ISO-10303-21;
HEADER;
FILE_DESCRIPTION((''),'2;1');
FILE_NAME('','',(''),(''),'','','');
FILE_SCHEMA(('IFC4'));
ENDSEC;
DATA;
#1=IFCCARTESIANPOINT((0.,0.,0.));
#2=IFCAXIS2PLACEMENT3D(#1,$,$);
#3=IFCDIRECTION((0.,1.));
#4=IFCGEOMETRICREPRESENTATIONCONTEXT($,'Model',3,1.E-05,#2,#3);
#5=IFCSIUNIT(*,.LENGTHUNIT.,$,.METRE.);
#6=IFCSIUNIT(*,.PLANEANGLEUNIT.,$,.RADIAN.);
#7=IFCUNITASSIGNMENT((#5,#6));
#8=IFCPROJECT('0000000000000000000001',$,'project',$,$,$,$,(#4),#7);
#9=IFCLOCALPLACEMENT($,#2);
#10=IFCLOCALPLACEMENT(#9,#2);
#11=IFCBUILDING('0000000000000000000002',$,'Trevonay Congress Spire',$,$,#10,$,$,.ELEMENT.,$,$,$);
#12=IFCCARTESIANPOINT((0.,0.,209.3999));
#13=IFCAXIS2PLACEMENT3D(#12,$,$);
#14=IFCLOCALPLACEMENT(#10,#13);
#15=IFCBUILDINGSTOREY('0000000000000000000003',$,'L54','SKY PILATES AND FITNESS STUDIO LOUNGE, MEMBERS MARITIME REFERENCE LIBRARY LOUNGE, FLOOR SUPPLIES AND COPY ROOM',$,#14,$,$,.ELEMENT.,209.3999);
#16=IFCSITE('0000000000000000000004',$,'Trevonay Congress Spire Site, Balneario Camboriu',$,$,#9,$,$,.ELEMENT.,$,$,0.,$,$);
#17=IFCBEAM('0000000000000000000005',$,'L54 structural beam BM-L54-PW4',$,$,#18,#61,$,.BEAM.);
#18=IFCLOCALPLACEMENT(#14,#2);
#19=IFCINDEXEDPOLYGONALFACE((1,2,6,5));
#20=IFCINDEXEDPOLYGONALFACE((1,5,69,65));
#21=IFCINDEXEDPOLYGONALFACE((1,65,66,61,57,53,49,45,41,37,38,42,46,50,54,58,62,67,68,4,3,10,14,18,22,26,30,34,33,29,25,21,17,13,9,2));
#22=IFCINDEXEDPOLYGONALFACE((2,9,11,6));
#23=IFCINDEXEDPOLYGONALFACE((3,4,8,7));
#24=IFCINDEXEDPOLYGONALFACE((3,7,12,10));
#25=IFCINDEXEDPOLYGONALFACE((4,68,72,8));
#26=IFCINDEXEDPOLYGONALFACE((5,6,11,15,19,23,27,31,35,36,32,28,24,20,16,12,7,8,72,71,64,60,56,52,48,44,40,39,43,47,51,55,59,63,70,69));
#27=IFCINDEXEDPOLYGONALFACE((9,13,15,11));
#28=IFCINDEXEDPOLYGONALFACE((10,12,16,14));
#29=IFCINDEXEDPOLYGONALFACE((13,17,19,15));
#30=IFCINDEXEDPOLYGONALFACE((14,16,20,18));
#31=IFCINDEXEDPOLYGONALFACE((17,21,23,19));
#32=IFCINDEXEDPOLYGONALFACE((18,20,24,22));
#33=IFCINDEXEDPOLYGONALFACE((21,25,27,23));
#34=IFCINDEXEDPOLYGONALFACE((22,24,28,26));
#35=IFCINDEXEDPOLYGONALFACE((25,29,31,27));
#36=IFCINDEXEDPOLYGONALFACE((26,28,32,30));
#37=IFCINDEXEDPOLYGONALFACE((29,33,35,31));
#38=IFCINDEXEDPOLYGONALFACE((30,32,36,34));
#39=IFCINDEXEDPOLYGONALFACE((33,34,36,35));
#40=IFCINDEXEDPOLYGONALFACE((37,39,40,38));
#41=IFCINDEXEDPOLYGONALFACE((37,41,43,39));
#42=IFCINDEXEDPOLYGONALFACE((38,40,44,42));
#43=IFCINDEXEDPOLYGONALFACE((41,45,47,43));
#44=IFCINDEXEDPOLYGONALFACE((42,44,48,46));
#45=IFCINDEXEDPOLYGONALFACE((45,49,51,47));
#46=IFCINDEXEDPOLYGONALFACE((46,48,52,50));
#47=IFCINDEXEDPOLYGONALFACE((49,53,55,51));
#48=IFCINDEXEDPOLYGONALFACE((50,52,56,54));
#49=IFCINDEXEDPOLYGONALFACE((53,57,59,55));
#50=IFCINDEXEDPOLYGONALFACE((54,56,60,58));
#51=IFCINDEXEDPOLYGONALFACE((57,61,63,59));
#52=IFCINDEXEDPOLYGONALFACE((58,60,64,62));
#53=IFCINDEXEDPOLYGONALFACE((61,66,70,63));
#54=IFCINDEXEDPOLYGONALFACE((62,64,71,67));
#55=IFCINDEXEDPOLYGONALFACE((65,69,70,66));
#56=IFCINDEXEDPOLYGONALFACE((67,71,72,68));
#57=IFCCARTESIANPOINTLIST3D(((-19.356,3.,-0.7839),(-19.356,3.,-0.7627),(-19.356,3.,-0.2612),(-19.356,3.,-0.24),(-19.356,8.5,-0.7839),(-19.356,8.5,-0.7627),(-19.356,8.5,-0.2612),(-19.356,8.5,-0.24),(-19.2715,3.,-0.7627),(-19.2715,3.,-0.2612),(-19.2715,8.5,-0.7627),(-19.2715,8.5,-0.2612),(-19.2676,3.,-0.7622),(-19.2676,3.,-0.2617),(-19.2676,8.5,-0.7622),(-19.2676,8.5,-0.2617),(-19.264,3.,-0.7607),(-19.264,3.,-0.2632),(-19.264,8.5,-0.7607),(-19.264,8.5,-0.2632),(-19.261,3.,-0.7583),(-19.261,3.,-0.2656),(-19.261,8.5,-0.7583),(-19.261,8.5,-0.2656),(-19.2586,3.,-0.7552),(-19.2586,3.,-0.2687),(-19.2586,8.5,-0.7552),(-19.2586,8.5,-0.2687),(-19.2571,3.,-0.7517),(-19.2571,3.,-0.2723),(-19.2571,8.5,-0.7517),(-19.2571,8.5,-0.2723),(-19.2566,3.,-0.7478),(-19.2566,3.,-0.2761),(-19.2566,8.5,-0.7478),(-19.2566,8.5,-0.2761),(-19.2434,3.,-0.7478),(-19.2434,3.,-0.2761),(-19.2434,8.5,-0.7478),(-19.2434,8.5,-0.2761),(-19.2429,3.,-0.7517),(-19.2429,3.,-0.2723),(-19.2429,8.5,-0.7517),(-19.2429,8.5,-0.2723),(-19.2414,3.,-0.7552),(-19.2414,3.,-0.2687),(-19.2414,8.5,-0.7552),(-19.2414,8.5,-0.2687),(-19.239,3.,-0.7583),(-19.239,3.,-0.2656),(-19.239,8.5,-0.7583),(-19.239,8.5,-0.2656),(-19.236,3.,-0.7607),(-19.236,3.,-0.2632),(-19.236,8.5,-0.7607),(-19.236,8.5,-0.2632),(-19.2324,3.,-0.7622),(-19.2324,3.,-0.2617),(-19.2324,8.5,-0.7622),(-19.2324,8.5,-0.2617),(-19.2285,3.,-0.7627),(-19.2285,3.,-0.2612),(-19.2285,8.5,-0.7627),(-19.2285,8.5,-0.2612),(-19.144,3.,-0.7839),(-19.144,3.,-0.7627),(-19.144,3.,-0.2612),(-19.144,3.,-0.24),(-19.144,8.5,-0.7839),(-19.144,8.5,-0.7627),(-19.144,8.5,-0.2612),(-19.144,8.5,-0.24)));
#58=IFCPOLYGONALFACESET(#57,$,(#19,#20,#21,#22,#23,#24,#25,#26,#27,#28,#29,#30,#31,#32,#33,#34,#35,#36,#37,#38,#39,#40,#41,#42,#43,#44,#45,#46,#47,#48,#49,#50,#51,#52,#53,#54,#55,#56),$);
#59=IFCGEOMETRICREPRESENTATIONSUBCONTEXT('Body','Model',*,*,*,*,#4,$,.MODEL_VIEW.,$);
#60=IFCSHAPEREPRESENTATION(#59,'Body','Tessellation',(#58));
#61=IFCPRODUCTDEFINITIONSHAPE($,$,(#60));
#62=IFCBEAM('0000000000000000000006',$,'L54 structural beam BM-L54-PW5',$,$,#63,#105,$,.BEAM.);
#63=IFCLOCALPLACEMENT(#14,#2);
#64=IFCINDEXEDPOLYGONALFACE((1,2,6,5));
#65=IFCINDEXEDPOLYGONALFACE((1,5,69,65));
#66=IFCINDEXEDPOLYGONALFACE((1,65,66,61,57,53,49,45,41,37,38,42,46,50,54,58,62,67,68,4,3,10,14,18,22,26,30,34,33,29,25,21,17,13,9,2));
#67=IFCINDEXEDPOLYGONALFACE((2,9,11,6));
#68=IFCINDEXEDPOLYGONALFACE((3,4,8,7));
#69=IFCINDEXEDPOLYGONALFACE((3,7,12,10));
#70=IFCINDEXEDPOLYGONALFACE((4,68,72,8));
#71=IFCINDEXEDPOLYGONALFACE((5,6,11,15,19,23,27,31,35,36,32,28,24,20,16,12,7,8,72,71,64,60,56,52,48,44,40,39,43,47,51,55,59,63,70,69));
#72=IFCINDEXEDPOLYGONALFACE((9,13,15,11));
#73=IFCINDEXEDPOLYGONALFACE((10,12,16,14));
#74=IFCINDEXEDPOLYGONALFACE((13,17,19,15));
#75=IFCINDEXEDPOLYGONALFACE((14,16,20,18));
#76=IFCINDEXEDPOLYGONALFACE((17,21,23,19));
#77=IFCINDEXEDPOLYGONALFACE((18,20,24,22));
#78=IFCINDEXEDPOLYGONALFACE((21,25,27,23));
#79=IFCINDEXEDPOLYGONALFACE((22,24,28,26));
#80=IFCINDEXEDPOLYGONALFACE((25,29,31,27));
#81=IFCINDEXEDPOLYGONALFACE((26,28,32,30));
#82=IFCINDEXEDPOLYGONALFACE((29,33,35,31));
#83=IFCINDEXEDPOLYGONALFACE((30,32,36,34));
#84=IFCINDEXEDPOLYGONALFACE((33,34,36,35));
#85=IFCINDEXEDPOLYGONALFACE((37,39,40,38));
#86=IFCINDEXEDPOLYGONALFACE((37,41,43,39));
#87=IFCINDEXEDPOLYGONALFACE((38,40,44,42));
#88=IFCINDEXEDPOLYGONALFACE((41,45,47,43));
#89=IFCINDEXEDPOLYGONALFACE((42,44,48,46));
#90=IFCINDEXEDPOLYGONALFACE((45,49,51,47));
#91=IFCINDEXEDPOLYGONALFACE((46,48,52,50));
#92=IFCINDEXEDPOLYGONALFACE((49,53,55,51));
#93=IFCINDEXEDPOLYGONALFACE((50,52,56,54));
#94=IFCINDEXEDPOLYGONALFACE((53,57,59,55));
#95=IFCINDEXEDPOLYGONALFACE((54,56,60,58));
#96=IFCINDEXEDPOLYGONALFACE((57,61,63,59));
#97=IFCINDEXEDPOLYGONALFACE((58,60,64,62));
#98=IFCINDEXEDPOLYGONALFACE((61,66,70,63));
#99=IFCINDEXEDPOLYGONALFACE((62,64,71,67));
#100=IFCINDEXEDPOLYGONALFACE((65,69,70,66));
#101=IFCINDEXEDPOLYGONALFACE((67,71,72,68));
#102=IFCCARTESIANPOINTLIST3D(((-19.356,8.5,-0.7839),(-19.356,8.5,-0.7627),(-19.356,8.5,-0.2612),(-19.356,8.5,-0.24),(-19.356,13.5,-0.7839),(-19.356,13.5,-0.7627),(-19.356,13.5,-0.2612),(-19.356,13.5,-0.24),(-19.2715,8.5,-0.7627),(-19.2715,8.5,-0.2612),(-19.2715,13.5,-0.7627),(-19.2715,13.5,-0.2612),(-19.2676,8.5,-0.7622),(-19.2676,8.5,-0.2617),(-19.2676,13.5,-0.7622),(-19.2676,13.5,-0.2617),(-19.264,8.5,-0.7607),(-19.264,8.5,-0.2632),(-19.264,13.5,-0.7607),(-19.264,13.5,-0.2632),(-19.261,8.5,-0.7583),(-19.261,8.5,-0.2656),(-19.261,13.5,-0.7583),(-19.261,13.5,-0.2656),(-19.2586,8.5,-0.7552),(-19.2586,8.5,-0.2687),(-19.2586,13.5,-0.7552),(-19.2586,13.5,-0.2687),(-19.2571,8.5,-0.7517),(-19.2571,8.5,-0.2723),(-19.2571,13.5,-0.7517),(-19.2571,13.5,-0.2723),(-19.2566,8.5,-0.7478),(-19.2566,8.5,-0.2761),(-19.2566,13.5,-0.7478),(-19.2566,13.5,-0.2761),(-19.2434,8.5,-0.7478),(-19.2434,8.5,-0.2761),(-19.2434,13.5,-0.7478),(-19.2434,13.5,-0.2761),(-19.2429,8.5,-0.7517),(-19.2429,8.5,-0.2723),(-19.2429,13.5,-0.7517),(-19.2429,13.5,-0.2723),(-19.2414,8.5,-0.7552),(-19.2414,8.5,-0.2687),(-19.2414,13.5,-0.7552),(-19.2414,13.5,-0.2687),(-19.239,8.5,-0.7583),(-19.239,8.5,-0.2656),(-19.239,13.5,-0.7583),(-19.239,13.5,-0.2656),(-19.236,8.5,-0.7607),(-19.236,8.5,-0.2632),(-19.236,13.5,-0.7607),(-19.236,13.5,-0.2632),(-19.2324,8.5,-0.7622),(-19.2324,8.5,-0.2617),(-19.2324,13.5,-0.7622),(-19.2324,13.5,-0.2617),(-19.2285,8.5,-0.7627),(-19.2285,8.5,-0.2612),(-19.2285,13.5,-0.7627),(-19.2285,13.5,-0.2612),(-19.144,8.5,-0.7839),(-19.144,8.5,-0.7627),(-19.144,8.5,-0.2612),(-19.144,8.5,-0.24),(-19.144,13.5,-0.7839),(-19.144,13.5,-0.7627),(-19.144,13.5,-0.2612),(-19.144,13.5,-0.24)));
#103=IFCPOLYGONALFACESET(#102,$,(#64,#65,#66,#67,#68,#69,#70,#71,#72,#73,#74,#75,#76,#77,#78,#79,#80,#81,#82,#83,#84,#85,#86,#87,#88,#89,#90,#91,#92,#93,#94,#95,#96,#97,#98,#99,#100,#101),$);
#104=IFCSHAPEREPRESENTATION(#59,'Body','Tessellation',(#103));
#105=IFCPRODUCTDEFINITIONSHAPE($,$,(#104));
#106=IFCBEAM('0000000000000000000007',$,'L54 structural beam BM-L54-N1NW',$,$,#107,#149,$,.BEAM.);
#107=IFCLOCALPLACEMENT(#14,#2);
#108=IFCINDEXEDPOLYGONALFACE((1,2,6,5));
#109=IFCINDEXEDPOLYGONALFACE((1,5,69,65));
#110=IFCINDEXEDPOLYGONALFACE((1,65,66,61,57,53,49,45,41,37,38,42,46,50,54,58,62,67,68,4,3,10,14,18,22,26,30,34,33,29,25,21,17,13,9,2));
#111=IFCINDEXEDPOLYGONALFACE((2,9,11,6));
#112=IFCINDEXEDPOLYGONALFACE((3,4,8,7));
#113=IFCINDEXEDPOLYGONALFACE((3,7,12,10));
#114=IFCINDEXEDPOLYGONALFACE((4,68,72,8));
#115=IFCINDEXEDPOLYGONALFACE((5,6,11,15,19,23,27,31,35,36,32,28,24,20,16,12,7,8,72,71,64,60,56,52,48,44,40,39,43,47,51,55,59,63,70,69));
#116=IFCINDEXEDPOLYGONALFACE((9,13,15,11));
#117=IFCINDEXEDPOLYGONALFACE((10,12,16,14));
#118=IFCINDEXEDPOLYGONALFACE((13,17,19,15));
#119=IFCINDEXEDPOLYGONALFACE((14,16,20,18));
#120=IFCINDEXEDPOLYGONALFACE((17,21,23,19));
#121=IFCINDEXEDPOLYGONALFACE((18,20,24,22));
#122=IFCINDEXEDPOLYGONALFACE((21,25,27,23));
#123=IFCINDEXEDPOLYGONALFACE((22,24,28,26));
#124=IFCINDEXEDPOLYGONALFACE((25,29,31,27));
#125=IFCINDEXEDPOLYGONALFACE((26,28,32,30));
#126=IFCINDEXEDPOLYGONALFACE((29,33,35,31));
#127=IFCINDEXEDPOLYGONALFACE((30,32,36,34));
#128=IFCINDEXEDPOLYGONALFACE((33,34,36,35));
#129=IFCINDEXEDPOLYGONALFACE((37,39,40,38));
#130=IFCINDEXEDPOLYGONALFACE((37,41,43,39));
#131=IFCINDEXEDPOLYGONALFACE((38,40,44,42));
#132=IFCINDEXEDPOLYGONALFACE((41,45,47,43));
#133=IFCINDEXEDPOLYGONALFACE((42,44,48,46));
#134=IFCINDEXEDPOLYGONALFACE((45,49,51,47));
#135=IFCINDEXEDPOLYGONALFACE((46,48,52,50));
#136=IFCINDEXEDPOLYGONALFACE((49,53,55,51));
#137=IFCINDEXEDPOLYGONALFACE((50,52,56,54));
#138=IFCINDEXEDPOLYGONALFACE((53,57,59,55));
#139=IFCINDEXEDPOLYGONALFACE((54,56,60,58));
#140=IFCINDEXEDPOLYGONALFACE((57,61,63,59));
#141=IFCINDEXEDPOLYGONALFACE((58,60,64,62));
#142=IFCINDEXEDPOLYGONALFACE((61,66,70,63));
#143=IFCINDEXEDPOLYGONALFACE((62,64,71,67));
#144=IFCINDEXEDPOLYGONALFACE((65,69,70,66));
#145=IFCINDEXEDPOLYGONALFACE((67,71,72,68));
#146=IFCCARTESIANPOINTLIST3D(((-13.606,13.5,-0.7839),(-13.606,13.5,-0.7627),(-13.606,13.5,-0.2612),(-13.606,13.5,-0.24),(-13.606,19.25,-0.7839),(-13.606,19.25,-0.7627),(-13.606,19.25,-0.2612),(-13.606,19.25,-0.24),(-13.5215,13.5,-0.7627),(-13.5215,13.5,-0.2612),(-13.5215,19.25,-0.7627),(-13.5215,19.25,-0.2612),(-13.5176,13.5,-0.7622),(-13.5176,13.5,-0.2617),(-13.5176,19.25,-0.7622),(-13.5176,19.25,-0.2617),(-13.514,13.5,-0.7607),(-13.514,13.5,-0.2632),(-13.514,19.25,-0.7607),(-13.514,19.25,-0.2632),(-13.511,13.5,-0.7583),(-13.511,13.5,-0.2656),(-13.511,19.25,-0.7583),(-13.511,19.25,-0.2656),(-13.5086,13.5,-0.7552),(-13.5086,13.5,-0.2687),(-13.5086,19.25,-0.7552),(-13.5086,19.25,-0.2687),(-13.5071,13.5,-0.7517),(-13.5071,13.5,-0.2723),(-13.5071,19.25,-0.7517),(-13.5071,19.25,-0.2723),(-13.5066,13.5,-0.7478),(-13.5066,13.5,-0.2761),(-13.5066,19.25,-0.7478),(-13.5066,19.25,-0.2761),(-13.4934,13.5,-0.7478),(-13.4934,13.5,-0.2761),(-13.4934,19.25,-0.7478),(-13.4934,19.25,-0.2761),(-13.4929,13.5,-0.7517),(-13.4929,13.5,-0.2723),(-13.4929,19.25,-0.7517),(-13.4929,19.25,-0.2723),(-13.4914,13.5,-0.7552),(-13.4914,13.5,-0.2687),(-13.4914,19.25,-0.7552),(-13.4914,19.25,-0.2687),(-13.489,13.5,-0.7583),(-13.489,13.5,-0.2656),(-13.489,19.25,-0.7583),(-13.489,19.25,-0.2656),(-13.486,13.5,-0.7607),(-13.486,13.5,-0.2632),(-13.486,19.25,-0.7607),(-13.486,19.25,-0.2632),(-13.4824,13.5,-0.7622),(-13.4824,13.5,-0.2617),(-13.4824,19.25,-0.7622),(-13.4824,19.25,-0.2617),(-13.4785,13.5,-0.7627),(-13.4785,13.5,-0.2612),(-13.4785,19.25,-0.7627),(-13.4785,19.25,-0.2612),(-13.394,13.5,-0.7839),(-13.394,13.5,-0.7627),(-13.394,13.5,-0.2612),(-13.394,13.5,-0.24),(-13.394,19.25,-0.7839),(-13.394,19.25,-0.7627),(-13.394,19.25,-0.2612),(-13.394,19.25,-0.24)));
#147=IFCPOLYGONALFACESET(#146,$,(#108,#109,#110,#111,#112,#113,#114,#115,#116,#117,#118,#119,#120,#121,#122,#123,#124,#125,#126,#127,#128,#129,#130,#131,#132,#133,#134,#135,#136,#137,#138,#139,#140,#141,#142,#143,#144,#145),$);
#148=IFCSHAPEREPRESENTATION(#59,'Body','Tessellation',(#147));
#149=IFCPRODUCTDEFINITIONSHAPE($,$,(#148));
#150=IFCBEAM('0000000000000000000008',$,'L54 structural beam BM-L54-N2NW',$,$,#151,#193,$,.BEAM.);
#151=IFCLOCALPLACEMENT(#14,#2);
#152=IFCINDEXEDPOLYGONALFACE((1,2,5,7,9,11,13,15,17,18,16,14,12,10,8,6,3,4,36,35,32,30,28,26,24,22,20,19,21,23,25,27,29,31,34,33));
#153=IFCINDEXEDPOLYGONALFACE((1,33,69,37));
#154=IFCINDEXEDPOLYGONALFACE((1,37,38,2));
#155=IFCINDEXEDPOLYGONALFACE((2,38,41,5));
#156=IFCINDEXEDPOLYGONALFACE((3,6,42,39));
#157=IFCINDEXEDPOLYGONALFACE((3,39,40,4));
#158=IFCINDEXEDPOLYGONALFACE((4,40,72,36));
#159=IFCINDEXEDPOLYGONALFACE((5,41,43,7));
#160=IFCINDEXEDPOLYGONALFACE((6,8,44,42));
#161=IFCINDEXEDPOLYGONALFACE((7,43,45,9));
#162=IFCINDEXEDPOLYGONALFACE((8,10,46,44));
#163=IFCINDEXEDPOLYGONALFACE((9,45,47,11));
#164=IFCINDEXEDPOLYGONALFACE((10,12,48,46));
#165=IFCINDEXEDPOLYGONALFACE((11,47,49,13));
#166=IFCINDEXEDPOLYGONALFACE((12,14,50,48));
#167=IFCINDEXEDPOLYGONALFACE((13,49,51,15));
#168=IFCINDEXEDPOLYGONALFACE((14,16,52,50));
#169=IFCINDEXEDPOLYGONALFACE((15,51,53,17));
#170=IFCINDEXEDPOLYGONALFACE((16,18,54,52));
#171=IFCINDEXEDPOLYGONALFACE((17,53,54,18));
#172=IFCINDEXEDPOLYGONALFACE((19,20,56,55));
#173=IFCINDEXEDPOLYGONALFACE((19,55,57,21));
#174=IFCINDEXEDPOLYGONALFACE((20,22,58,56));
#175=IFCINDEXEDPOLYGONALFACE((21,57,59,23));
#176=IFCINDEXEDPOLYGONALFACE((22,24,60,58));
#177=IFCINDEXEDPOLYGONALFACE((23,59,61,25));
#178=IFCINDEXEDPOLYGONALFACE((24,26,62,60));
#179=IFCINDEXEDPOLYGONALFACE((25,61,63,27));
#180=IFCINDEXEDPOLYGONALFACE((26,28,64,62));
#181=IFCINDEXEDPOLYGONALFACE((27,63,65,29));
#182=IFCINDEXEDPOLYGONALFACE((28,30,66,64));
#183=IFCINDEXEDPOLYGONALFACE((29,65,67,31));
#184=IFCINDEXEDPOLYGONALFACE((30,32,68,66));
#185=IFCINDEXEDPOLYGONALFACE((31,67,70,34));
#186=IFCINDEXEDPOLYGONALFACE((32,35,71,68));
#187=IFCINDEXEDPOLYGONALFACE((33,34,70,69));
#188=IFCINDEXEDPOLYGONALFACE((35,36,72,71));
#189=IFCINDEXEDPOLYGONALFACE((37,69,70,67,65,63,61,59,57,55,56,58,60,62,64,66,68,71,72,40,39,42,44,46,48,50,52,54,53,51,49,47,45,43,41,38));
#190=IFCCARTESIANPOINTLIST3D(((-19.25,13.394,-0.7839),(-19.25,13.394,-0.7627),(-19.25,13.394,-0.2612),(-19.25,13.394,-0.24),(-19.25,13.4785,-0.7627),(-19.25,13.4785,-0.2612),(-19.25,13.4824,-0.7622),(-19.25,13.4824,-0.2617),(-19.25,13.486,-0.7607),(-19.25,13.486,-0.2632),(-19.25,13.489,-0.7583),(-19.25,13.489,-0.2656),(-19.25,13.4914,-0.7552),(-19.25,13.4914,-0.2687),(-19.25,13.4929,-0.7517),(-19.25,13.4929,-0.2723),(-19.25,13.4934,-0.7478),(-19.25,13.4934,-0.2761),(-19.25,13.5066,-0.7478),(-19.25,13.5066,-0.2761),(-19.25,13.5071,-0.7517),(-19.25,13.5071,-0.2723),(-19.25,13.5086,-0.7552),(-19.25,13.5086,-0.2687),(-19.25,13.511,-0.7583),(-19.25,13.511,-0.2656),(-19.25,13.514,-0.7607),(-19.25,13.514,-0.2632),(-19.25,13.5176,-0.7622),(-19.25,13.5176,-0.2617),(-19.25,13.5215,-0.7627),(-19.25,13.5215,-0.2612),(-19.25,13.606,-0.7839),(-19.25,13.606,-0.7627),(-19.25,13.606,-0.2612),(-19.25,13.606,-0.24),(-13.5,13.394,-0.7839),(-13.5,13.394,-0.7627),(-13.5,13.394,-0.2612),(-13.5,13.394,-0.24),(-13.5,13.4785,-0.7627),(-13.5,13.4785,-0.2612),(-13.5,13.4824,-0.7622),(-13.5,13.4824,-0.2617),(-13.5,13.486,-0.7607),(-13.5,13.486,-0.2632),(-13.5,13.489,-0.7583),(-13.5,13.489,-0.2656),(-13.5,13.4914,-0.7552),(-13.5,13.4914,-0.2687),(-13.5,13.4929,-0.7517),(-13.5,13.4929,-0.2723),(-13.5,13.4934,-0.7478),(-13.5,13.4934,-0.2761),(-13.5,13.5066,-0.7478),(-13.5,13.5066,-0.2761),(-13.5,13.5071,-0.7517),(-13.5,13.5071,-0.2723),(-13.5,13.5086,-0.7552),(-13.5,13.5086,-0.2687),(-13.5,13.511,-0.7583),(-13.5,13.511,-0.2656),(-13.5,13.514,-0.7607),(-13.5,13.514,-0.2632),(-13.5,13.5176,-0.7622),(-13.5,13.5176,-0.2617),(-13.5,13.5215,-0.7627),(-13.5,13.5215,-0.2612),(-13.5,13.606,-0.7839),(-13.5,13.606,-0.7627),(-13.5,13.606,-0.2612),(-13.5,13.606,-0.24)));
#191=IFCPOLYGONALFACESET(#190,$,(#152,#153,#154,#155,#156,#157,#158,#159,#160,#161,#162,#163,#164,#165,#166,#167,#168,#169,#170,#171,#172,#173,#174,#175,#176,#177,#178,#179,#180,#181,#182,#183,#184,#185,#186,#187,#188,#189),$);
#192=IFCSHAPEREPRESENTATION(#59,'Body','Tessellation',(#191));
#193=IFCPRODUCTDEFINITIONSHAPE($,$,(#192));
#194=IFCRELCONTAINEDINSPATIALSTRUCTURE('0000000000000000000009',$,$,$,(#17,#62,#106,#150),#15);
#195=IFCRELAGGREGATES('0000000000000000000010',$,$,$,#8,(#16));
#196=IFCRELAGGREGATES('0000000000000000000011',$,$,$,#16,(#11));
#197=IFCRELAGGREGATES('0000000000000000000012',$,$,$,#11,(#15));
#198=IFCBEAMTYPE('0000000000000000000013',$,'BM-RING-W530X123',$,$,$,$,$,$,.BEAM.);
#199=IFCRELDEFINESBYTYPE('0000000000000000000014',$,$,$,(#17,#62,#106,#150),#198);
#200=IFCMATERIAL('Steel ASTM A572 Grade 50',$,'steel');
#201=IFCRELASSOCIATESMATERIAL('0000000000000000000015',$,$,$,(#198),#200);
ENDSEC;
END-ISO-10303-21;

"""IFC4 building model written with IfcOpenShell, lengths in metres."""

from ifc_helpers import new_model, si_unit, direction, frame, origin, origin_2d, place, context, subcontext, project, spatial, i_section, extrude, material, material_profile, profile_set, type_object, element, save


model = new_model("IFC4")

# Units and contexts
model_context = context("Model", 3, precision=1e-05, world=origin(), true_north=direction((0.0, 1.0)))
body_context = subcontext(model_context, "Body", "Model", "MODEL_VIEW")
ifc_project = project(units=[si_unit("LENGTHUNIT", "METRE"), si_unit("PLANEANGLEUNIT", "RADIAN")], contexts=[model_context])

# Site, building, storey
site_placement = place(None, origin())
site = spatial("IfcSite", under=ifc_project, at=site_placement, Name="Trevonay Congress Spire Site, Balneario Camboriu", CompositionType="ELEMENT", RefElevation=0.0)
building_placement = place(site_placement, origin())
building = spatial("IfcBuilding", under=site, at=building_placement, Name="Trevonay Congress Spire", CompositionType="ELEMENT")
storey_placement = place(building_placement, frame((0.0, 0.0, 209.3999)))
storey = spatial("IfcBuildingStorey", under=building, at=storey_placement, Name="L54", Description="SKY PILATES AND FITNESS STUDIO LOUNGE, MEMBERS MARITIME REFERENCE LIBRARY LOUNGE, FLOOR SUPPLIES AND COPY ROOM", CompositionType="ELEMENT", Elevation=209.3999)

# Shared definitions
ifc_material_1 = material(Name="Steel ASTM A572 Grade 50", Category="steel")

# Beams
ifc_material_profile_1 = material_profile(ifc_material_1, i_section(OverallWidth=0.2119, OverallDepth=0.5439, WebThickness=0.0132, FlangeThickness=0.0212, FilletRadius=0.0149, at=origin_2d()), Name="W530x123")
ifc_profile_set_1 = profile_set([ifc_material_profile_1], Name="Steel ASTM A572 Grade 50")
beam_type_1 = type_object("IfcBeamType", Name="BM-RING-W530X123", PredefinedType="BEAM", material=ifc_profile_set_1)
for number, where, z_axis, x_axis, name in (
    (1, (-19.25, 3.0, -0.512), (0.0, 1.0, 0.0), (-1.0, 0.0, 0.0), "L54 structural beam BM-L54-PW4"),
):
    element("IfcBeam", number, at=place(storey_placement, frame(where, z_axis=z_axis, x_axis=x_axis)), inside=storey, type_object=beam_type_1, Name=name, PredefinedType="BEAM", context=body_context, shape_type="SweptSolid", body=[
        extrude(i_section(OverallWidth=0.2119, OverallDepth=0.5439, WebThickness=0.0132, FlangeThickness=0.0212, FilletRadius=0.0149, at=origin_2d()), origin(), (0.0, 0.0, 1.0), 5.5),
    ])
beam_1_placement = place(storey_placement, frame((-19.25, 8.5, -0.512), z_axis=(0.0, 1.0, 0.0), x_axis=(-1.0, 0.0, 0.0)))
element("IfcBeam", 2, at=beam_1_placement, inside=storey, type_object=beam_type_1, Name="L54 structural beam BM-L54-PW5", PredefinedType="BEAM", context=body_context, shape_type="SweptSolid", body=[
    extrude(i_section(OverallWidth=0.2119, OverallDepth=0.5439, WebThickness=0.0132, FlangeThickness=0.0212, FilletRadius=0.0149, at=origin_2d()), origin(), (0.0, 0.0, 1.0), 5.0),
])
for number, where, z_axis, x_axis, name in (
    (3, (-13.5, 19.25, -0.512), (0.0, -1.0, 0.0), (1.0, 0.0, 0.0), "L54 structural beam BM-L54-N1NW"),
    (4, (-19.25, 13.5, -0.512), (1.0, 0.0, 0.0), (0.0, 1.0, 0.0), "L54 structural beam BM-L54-N2NW"),
):
    element("IfcBeam", number, at=place(storey_placement, frame(where, z_axis=z_axis, x_axis=x_axis)), inside=storey, type_object=beam_type_1, Name=name, PredefinedType="BEAM", context=body_context, shape_type="SweptSolid", body=[
        extrude(i_section(OverallWidth=0.2119, OverallDepth=0.5439, WebThickness=0.0132, FlangeThickness=0.0212, FilletRadius=0.0149, at=origin_2d()), origin(), (0.0, 0.0, 1.0), 5.75),
    ])

save(model, "model.ifc")
